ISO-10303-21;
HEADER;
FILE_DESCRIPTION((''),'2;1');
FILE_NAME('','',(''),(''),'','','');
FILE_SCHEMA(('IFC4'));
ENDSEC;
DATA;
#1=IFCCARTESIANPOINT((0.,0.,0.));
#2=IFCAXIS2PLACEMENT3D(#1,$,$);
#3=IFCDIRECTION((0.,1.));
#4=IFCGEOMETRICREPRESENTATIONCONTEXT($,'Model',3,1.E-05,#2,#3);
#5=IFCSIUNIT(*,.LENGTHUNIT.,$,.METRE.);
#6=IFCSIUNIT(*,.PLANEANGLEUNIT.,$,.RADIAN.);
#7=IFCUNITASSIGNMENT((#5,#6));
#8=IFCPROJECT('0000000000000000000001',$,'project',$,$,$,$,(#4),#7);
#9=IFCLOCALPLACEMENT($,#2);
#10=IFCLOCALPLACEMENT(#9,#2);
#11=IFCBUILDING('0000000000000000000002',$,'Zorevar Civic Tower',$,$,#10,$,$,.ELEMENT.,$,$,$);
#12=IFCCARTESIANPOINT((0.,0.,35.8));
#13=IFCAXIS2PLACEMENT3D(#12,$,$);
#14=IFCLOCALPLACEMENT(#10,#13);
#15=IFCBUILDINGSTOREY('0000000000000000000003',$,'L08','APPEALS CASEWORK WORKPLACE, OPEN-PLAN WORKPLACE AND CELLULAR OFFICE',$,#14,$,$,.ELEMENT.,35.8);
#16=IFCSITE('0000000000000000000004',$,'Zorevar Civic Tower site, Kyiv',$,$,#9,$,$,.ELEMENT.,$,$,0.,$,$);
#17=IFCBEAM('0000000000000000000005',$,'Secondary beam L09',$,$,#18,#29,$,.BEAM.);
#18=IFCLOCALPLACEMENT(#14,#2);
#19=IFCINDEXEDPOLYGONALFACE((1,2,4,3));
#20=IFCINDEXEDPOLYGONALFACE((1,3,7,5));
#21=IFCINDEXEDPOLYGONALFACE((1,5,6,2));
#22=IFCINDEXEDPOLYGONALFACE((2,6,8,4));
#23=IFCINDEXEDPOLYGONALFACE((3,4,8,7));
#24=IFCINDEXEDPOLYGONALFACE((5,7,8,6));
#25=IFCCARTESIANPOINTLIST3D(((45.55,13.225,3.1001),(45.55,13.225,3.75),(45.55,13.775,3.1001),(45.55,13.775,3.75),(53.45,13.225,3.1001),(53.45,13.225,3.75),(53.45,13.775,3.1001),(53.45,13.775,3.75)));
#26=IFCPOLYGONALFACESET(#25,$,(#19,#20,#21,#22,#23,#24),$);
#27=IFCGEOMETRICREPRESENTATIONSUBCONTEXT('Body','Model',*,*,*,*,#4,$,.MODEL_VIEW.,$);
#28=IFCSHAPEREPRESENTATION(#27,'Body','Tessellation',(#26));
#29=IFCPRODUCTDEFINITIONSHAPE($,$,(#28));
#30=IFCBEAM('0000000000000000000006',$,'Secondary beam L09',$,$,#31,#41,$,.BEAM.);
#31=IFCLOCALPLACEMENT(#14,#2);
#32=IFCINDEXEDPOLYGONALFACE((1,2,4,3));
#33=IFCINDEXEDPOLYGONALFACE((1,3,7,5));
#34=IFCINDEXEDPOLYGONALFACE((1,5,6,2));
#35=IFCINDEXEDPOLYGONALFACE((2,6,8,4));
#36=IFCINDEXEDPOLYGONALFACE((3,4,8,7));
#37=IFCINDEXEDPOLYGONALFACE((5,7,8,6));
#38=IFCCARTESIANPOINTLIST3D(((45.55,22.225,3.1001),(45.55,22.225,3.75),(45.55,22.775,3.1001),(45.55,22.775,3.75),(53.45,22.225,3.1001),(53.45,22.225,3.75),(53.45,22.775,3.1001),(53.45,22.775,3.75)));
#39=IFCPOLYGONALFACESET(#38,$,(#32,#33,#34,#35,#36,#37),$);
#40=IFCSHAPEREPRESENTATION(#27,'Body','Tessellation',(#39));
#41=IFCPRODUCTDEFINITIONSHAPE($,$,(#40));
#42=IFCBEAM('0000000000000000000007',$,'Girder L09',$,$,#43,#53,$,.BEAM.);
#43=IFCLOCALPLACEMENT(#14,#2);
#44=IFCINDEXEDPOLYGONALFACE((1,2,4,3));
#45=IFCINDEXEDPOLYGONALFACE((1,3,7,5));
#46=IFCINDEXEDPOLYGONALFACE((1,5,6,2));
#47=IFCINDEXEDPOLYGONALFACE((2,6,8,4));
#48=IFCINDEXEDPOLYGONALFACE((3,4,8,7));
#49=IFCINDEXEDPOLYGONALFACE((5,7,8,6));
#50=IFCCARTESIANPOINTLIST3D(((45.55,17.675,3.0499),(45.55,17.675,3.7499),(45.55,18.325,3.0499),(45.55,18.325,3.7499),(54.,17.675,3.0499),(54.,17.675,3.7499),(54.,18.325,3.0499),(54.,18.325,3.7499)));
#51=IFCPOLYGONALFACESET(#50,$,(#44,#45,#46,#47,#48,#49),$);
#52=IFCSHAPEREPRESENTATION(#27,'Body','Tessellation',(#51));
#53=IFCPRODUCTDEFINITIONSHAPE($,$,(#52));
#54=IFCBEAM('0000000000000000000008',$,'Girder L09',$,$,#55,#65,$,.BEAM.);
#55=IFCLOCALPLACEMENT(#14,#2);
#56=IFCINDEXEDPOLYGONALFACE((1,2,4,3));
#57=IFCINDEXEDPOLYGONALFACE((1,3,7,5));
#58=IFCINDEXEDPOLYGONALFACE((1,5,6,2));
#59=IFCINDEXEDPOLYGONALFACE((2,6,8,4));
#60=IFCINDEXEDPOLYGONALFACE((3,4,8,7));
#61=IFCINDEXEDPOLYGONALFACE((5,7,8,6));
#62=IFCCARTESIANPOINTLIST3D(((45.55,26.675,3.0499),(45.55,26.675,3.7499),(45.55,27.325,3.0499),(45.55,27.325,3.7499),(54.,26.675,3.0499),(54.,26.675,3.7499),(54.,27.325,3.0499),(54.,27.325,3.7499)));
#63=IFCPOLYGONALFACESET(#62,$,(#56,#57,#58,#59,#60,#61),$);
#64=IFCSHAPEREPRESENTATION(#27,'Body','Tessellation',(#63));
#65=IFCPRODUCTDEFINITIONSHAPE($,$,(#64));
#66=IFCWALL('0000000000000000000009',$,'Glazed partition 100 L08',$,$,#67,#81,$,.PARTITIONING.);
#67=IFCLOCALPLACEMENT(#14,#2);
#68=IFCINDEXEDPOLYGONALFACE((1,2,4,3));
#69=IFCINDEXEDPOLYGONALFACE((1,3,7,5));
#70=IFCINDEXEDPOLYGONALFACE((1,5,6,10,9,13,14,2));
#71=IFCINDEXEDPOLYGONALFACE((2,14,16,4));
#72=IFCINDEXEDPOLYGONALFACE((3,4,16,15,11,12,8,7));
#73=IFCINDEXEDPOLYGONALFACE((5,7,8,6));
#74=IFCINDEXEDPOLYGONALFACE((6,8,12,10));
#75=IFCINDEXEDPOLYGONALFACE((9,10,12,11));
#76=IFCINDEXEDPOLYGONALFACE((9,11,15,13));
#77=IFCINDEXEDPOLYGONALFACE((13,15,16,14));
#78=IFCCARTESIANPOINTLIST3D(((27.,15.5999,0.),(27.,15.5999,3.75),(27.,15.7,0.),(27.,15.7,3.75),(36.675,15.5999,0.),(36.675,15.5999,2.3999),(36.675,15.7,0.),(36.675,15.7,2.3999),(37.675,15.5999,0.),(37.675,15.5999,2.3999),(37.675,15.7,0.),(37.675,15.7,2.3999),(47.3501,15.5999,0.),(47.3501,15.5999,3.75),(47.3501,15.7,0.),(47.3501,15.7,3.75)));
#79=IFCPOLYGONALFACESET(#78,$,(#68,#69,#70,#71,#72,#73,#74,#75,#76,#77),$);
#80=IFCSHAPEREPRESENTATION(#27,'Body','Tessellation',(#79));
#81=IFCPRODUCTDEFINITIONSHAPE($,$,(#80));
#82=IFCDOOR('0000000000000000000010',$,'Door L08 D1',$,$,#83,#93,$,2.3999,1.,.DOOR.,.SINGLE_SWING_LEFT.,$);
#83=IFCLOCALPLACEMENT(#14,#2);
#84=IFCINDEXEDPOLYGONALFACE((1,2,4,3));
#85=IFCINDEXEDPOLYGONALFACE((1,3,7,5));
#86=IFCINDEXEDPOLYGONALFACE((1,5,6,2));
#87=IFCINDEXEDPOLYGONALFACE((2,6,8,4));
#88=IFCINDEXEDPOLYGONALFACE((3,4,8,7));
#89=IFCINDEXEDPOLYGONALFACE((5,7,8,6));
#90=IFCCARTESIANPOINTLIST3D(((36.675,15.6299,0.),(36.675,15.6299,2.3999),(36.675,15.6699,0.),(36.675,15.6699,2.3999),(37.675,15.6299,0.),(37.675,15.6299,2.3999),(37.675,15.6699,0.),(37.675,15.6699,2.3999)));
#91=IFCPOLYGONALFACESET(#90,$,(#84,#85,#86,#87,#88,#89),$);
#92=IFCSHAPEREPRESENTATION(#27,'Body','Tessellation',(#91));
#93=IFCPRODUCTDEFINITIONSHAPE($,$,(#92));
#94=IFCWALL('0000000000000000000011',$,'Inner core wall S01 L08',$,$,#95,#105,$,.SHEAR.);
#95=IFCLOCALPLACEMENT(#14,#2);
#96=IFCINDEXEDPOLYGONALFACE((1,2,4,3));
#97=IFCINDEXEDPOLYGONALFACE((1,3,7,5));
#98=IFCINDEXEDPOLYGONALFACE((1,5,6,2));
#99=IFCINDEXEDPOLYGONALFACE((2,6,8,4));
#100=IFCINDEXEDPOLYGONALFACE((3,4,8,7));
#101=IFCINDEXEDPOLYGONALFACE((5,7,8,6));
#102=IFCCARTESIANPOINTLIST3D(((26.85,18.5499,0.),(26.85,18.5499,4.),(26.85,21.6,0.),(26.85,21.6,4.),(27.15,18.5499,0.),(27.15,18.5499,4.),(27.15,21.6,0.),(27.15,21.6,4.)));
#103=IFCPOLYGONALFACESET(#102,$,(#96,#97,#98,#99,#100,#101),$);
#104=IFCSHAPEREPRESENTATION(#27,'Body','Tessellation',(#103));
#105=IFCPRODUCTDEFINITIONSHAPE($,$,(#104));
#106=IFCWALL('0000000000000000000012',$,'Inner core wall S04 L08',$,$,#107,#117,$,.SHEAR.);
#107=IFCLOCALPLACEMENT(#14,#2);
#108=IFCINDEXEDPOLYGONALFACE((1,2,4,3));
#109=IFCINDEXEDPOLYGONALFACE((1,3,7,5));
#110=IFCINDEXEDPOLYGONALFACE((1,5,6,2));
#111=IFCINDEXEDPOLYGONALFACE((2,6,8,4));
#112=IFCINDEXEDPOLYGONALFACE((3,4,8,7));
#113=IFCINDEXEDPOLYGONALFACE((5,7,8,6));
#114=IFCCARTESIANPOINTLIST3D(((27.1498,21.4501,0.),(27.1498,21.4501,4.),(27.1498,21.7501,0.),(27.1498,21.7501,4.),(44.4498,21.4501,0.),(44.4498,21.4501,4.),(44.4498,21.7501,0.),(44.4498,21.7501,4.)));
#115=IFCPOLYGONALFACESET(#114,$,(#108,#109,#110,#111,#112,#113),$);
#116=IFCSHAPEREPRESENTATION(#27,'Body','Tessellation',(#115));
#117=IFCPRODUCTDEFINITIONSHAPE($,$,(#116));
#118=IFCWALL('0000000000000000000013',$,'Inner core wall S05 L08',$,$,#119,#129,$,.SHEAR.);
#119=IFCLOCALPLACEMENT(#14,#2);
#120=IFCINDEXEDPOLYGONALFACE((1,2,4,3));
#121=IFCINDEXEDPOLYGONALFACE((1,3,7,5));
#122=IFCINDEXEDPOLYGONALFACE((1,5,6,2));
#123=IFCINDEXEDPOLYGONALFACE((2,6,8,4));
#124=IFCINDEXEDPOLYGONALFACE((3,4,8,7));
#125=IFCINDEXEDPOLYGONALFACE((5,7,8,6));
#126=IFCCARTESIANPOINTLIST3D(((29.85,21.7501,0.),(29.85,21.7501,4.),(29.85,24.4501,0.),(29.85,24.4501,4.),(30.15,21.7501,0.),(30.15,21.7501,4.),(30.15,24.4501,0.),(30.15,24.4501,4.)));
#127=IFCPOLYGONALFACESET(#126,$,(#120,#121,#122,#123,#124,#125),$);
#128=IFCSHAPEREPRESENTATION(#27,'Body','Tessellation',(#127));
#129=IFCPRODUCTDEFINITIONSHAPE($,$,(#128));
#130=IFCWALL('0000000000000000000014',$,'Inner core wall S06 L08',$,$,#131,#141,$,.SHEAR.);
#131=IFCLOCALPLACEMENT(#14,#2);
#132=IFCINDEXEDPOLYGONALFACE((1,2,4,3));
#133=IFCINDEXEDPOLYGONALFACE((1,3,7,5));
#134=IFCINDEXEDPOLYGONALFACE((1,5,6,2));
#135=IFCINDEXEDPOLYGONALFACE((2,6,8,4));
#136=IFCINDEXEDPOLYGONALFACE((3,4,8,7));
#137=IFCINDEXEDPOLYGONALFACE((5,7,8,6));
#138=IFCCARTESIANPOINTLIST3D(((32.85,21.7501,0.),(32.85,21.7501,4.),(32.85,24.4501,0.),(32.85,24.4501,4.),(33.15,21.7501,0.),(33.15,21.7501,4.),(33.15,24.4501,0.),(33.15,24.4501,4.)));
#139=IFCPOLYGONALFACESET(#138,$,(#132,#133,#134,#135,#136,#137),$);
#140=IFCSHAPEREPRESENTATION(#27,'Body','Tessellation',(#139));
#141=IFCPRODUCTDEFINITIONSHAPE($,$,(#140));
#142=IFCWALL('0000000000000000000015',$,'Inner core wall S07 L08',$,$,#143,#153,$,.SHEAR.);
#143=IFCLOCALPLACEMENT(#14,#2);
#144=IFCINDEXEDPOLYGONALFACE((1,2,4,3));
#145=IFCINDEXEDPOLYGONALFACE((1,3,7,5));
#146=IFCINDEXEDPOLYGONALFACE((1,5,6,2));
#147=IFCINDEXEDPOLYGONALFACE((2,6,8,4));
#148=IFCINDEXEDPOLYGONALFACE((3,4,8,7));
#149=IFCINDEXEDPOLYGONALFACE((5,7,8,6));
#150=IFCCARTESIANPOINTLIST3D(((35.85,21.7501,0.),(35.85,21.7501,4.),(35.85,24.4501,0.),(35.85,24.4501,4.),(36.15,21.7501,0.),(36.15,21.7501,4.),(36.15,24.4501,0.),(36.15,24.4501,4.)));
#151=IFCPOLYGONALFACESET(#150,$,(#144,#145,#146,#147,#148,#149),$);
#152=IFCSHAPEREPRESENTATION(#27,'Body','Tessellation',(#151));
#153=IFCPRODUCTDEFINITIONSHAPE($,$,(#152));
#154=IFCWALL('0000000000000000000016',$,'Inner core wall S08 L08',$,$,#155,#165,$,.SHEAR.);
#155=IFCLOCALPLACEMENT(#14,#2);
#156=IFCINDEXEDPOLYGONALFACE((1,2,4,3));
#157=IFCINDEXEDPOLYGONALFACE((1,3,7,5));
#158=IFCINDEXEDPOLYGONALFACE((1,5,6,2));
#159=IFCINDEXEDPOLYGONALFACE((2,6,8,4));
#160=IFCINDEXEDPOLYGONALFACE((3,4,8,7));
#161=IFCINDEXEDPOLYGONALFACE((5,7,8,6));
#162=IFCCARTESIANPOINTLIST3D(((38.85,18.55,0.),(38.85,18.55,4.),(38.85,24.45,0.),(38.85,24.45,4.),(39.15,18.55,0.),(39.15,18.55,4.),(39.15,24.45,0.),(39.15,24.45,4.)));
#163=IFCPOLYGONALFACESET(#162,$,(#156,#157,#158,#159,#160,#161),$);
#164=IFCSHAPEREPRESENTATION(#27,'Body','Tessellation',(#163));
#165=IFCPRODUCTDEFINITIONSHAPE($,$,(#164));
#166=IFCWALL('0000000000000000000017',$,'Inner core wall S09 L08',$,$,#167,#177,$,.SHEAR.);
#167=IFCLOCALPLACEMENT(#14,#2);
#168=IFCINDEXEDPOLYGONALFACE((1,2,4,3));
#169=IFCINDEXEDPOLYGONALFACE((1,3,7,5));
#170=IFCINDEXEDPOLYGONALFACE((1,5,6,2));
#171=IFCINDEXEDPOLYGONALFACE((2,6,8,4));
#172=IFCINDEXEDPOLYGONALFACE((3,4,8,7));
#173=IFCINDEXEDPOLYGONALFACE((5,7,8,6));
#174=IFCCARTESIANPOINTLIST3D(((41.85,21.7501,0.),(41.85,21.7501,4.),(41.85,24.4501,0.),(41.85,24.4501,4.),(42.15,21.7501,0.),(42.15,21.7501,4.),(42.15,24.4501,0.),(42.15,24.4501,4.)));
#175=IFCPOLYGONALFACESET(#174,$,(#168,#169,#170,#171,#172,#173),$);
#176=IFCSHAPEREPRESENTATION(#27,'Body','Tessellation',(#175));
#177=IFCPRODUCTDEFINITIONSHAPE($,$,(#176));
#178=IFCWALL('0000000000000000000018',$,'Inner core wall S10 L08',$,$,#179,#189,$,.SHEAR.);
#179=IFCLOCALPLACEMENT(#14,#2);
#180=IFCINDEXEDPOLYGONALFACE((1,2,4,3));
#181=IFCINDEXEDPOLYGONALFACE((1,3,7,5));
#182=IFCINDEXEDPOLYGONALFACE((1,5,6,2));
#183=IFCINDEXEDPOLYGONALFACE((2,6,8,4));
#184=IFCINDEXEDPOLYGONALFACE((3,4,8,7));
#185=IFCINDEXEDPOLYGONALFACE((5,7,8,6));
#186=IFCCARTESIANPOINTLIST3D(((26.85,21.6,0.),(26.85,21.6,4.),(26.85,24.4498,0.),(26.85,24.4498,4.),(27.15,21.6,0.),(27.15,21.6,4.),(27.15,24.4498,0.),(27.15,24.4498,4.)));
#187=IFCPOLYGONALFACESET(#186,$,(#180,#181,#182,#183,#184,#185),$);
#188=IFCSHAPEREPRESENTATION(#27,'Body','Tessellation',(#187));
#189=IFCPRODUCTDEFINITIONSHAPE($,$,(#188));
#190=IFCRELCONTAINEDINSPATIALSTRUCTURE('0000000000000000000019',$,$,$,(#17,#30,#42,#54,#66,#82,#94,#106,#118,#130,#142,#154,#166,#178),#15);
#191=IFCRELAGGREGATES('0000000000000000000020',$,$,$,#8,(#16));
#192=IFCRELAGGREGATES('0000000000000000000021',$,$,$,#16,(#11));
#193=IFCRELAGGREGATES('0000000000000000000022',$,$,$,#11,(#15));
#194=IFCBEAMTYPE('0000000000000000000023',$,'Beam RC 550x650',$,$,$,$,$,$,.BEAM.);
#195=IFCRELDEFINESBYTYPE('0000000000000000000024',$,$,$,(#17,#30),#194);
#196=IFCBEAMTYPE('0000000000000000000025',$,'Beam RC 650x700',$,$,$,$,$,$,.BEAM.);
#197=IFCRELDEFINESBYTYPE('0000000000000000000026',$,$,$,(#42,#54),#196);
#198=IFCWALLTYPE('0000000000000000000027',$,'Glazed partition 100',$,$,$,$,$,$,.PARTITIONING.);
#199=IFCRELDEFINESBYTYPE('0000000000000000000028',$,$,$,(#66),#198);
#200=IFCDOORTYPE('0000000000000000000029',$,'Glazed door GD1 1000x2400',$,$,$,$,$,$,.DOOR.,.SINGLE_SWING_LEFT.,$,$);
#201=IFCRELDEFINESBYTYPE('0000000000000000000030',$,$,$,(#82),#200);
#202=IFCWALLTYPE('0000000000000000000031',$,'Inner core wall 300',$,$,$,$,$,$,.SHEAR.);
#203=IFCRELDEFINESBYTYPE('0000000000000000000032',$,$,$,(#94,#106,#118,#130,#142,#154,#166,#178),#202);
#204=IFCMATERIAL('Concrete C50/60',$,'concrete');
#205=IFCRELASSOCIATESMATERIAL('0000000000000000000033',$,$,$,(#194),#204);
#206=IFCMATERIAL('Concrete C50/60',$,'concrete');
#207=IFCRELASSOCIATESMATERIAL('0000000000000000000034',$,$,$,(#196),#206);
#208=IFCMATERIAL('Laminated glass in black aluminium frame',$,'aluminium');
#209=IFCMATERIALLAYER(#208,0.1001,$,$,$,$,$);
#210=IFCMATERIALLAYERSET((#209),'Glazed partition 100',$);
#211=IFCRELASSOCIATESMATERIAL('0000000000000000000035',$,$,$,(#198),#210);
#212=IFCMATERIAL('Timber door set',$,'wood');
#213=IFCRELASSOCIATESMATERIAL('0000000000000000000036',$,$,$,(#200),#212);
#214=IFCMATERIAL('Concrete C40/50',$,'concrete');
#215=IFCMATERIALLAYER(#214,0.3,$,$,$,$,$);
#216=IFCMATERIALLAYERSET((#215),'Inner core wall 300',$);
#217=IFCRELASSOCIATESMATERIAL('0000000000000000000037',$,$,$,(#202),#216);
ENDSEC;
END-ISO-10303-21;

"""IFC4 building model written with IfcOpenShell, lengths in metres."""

from ifc_helpers import new_model, si_unit, direction, frame, frame_2d, origin, origin_2d, place, context, subcontext, project, spatial, rectangle, extrude, material, layer, layer_set, material_profile, profile_set, type_object, element, fill, save


model = new_model("IFC4")

# Units and contexts
model_context = context("Model", 3, precision=1e-05, world=origin(), true_north=direction((0.0, 1.0)))
body_context = subcontext(model_context, "Body", "Model", "MODEL_VIEW")
ifc_project = project(units=[si_unit("LENGTHUNIT", "METRE"), si_unit("PLANEANGLEUNIT", "RADIAN")], contexts=[model_context])

# Site, building, storey
site_placement = place(None, origin())
site = spatial("IfcSite", under=ifc_project, at=site_placement, Name="Zorevar Civic Tower site, Kyiv", CompositionType="ELEMENT", RefElevation=0.0)
building_placement = place(site_placement, origin())
building = spatial("IfcBuilding", under=site, at=building_placement, Name="Zorevar Civic Tower", CompositionType="ELEMENT")
storey_placement = place(building_placement, frame((0.0, 0.0, 35.8)))
storey = spatial("IfcBuildingStorey", under=building, at=storey_placement, Name="L08", Description="APPEALS CASEWORK WORKPLACE, OPEN-PLAN WORKPLACE AND CELLULAR OFFICE", CompositionType="ELEMENT", Elevation=35.8)

# Beams
ifc_material_1 = material(Name="Concrete C50/60", Category="concrete")
ifc_material_profile_1 = material_profile(ifc_material_1, rectangle(XDim=0.55, YDim=0.6499, at=origin_2d()), Name="RC 550x650")
ifc_profile_set_1 = profile_set([ifc_material_profile_1], Name="Concrete C50/60")
beam_type_1 = type_object("IfcBeamType", Name="Beam RC 550x650", PredefinedType="BEAM", material=ifc_profile_set_1)
for number, where, z_axis, x_axis, name in (
    (1, (45.55, 13.5, 3.425), (1.0, 0.0, 0.0), (0.0, 1.0, 0.0), "Secondary beam L09"),
    (2, (45.55, 22.5, 3.425), (1.0, 0.0, 0.0), (0.0, 1.0, 0.0), "Secondary beam L09"),
):
    element("IfcBeam", number, at=place(storey_placement, frame(where, z_axis=z_axis, x_axis=x_axis)), inside=storey, type_object=beam_type_1, Name=name, PredefinedType="BEAM", context=body_context, shape_type="SweptSolid", body=[
        extrude(rectangle(XDim=0.55, YDim=0.6499, at=origin_2d()), origin(), (0.0, 0.0, 1.0), 7.8999),
    ])
ifc_material_2 = material(Name="Concrete C50/60", Category="concrete")
ifc_material_profile_2 = material_profile(ifc_material_2, rectangle(XDim=0.6499, YDim=0.7, at=origin_2d()), Name="RC 650x700")
ifc_profile_set_2 = profile_set([ifc_material_profile_2], Name="Concrete C50/60")
beam_type_2 = type_object("IfcBeamType", Name="Beam RC 650x700", PredefinedType="BEAM", material=ifc_profile_set_2)
for number, where, z_axis, x_axis, name in (
    (3, (45.55, 18.0, 3.3999), (1.0, 0.0, 0.0), (0.0, 1.0, 0.0), "Girder L09"),
    (4, (45.55, 27.0, 3.3999), (1.0, 0.0, 0.0), (0.0, 1.0, 0.0), "Girder L09"),
):
    element("IfcBeam", number, at=place(storey_placement, frame(where, z_axis=z_axis, x_axis=x_axis)), inside=storey, type_object=beam_type_2, Name=name, PredefinedType="BEAM", context=body_context, shape_type="SweptSolid", body=[
        extrude(rectangle(XDim=0.6499, YDim=0.7, at=origin_2d()), origin(), (0.0, 0.0, 1.0), 8.45),
    ])

# Wall, opening, door
ifc_material_3 = material(Name="Laminated glass in black aluminium frame", Category="aluminium")
ifc_layer_1 = layer(ifc_material_3, 0.1001)
ifc_layer_set_1 = layer_set([ifc_layer_1], Name="Glazed partition 100")
wall_type_1 = type_object("IfcWallType", Name="Glazed partition 100", PredefinedType="PARTITIONING", material=ifc_layer_set_1)
wall_1_placement = place(storey_placement, frame((27.0, 15.6499, 0.0), z_axis=(0.0, 0.0, 1.0), x_axis=(1.0, 0.0, 0.0)))
wall_1 = element("IfcWall", 5, at=wall_1_placement, inside=storey, type_object=wall_type_1, Name="Glazed partition 100 L08", PredefinedType="PARTITIONING", context=body_context, shape_type="SweptSolid", body=[
    extrude(rectangle(XDim=20.3501, YDim=0.1001, at=frame_2d((10.175, 0.0))), origin(), (0.0, 0.0, 1.0), 3.75),
])
opening_1_placement = place(wall_1_placement, frame((9.675, 0.0, 0.0)))
opening_1 = element("IfcOpeningElement", 6, at=opening_1_placement, cuts=wall_1, PredefinedType="OPENING", context=body_context, shape_type="SweptSolid", body=[
    extrude(rectangle(XDim=1.0, YDim=2.3999, at=frame_2d((0.5, 1.2))), frame((0.0, 0.0601, 0.0), z_axis=(0.0, -1.0, 0.0), x_axis=(1.0, 0.0, 0.0)), (0.0, 0.0, 1.0), 0.1201),
])
ifc_material_4 = material(Name="Timber door set", Category="wood")
door_type_1 = type_object("IfcDoorType", Name="Glazed door GD1 1000x2400", OperationType="SINGLE_SWING_LEFT", PredefinedType="DOOR", material=ifc_material_4)
door_1_placement = place(opening_1_placement, origin())
door_1 = element("IfcDoor", 7, at=door_1_placement, inside=storey, type_object=door_type_1, Name="Door L08 D1", OperationType="SINGLE_SWING_LEFT", OverallHeight=2.3999, OverallWidth=1.0, PredefinedType="DOOR", context=body_context, shape_type="SweptSolid", body=[
    extrude(rectangle(XDim=1.0, YDim=2.3999, at=frame_2d((0.5, 1.2))), frame((0.0, 0.02, 0.0), z_axis=(0.0, -1.0, 0.0), x_axis=(1.0, 0.0, 0.0)), (0.0, 0.0, 1.0), 0.04),
])
fill(opening_1, door_1)

# Walls
ifc_material_5 = material(Name="Concrete C40/50", Category="concrete")
ifc_layer_2 = layer(ifc_material_5, 0.3)
ifc_layer_set_2 = layer_set([ifc_layer_2], Name="Inner core wall 300")
wall_type_2 = type_object("IfcWallType", Name="Inner core wall 300", PredefinedType="SHEAR", material=ifc_layer_set_2)
wall_2_placement = place(storey_placement, frame((27.0, 18.55, 0.0), z_axis=(0.0, 0.0, 1.0), x_axis=(0.0, 1.0, 0.0)))
element("IfcWall", 8, at=wall_2_placement, inside=storey, type_object=wall_type_2, Name="Inner core wall S01 L08", PredefinedType="SHEAR", context=body_context, shape_type="SweptSolid", body=[
    extrude(rectangle(XDim=3.05, YDim=0.3, at=frame_2d((1.5249, 0.0))), origin(), (0.0, 0.0, 1.0), 4.0),
])
wall_3_placement = place(storey_placement, frame((27.1499, 21.6001, 0.0), z_axis=(0.0, 0.0, 1.0), x_axis=(1.0, 0.0, 0.0)))
element("IfcWall", 9, at=wall_3_placement, inside=storey, type_object=wall_type_2, Name="Inner core wall S04 L08", PredefinedType="SHEAR", context=body_context, shape_type="SweptSolid", body=[
    extrude(rectangle(XDim=17.3, YDim=0.3, at=frame_2d((8.6499, 0.0))), origin(), (0.0, 0.0, 1.0), 4.0),
])
for number, where, z_axis, x_axis, name in (
    (10, (30.0, 21.75, 0.0), (0.0, 0.0, 1.0), (0.0, 1.0, 0.0), "Inner core wall S05 L08"),
    (11, (33.0, 21.75, 0.0), (0.0, 0.0, 1.0), (0.0, 1.0, 0.0), "Inner core wall S06 L08"),
    (12, (36.0, 21.75, 0.0), (0.0, 0.0, 1.0), (0.0, 1.0, 0.0), "Inner core wall S07 L08"),
):
    element("IfcWall", number, at=place(storey_placement, frame(where, z_axis=z_axis, x_axis=x_axis)), inside=storey, type_object=wall_type_2, Name=name, PredefinedType="SHEAR", context=body_context, shape_type="SweptSolid", body=[
        extrude(rectangle(XDim=2.7, YDim=0.3, at=frame_2d((1.3501, 0.0))), origin(), (0.0, 0.0, 1.0), 4.0),
    ])
wall_4_placement = place(storey_placement, frame((39.0, 18.55, 0.0), z_axis=(0.0, 0.0, 1.0), x_axis=(0.0, 1.0, 0.0)))
element("IfcWall", 13, at=wall_4_placement, inside=storey, type_object=wall_type_2, Name="Inner core wall S08 L08", PredefinedType="SHEAR", context=body_context, shape_type="SweptSolid", body=[
    extrude(rectangle(XDim=5.8999, YDim=0.3, at=frame_2d((2.95, 0.0))), origin(), (0.0, 0.0, 1.0), 4.0),
])
wall_5_placement = place(storey_placement, frame((42.0, 21.75, 0.0), z_axis=(0.0, 0.0, 1.0), x_axis=(0.0, 1.0, 0.0)))
element("IfcWall", 14, at=wall_5_placement, inside=storey, type_object=wall_type_2, Name="Inner core wall S09 L08", PredefinedType="SHEAR", context=body_context, shape_type="SweptSolid", body=[
    extrude(rectangle(XDim=2.7, YDim=0.3, at=frame_2d((1.3501, 0.0))), origin(), (0.0, 0.0, 1.0), 4.0),
])
wall_6_placement = place(storey_placement, frame((27.0, 21.6001, 0.0), z_axis=(0.0, 0.0, 1.0), x_axis=(0.0, 1.0, 0.0)))
element("IfcWall", 15, at=wall_6_placement, inside=storey, type_object=wall_type_2, Name="Inner core wall S10 L08", PredefinedType="SHEAR", context=body_context, shape_type="SweptSolid", body=[
    extrude(rectangle(XDim=2.8499, YDim=0.3, at=frame_2d((1.4248, 0.0))), origin(), (0.0, 0.0, 1.0), 4.0),
])

save(model, "model.ifc")
